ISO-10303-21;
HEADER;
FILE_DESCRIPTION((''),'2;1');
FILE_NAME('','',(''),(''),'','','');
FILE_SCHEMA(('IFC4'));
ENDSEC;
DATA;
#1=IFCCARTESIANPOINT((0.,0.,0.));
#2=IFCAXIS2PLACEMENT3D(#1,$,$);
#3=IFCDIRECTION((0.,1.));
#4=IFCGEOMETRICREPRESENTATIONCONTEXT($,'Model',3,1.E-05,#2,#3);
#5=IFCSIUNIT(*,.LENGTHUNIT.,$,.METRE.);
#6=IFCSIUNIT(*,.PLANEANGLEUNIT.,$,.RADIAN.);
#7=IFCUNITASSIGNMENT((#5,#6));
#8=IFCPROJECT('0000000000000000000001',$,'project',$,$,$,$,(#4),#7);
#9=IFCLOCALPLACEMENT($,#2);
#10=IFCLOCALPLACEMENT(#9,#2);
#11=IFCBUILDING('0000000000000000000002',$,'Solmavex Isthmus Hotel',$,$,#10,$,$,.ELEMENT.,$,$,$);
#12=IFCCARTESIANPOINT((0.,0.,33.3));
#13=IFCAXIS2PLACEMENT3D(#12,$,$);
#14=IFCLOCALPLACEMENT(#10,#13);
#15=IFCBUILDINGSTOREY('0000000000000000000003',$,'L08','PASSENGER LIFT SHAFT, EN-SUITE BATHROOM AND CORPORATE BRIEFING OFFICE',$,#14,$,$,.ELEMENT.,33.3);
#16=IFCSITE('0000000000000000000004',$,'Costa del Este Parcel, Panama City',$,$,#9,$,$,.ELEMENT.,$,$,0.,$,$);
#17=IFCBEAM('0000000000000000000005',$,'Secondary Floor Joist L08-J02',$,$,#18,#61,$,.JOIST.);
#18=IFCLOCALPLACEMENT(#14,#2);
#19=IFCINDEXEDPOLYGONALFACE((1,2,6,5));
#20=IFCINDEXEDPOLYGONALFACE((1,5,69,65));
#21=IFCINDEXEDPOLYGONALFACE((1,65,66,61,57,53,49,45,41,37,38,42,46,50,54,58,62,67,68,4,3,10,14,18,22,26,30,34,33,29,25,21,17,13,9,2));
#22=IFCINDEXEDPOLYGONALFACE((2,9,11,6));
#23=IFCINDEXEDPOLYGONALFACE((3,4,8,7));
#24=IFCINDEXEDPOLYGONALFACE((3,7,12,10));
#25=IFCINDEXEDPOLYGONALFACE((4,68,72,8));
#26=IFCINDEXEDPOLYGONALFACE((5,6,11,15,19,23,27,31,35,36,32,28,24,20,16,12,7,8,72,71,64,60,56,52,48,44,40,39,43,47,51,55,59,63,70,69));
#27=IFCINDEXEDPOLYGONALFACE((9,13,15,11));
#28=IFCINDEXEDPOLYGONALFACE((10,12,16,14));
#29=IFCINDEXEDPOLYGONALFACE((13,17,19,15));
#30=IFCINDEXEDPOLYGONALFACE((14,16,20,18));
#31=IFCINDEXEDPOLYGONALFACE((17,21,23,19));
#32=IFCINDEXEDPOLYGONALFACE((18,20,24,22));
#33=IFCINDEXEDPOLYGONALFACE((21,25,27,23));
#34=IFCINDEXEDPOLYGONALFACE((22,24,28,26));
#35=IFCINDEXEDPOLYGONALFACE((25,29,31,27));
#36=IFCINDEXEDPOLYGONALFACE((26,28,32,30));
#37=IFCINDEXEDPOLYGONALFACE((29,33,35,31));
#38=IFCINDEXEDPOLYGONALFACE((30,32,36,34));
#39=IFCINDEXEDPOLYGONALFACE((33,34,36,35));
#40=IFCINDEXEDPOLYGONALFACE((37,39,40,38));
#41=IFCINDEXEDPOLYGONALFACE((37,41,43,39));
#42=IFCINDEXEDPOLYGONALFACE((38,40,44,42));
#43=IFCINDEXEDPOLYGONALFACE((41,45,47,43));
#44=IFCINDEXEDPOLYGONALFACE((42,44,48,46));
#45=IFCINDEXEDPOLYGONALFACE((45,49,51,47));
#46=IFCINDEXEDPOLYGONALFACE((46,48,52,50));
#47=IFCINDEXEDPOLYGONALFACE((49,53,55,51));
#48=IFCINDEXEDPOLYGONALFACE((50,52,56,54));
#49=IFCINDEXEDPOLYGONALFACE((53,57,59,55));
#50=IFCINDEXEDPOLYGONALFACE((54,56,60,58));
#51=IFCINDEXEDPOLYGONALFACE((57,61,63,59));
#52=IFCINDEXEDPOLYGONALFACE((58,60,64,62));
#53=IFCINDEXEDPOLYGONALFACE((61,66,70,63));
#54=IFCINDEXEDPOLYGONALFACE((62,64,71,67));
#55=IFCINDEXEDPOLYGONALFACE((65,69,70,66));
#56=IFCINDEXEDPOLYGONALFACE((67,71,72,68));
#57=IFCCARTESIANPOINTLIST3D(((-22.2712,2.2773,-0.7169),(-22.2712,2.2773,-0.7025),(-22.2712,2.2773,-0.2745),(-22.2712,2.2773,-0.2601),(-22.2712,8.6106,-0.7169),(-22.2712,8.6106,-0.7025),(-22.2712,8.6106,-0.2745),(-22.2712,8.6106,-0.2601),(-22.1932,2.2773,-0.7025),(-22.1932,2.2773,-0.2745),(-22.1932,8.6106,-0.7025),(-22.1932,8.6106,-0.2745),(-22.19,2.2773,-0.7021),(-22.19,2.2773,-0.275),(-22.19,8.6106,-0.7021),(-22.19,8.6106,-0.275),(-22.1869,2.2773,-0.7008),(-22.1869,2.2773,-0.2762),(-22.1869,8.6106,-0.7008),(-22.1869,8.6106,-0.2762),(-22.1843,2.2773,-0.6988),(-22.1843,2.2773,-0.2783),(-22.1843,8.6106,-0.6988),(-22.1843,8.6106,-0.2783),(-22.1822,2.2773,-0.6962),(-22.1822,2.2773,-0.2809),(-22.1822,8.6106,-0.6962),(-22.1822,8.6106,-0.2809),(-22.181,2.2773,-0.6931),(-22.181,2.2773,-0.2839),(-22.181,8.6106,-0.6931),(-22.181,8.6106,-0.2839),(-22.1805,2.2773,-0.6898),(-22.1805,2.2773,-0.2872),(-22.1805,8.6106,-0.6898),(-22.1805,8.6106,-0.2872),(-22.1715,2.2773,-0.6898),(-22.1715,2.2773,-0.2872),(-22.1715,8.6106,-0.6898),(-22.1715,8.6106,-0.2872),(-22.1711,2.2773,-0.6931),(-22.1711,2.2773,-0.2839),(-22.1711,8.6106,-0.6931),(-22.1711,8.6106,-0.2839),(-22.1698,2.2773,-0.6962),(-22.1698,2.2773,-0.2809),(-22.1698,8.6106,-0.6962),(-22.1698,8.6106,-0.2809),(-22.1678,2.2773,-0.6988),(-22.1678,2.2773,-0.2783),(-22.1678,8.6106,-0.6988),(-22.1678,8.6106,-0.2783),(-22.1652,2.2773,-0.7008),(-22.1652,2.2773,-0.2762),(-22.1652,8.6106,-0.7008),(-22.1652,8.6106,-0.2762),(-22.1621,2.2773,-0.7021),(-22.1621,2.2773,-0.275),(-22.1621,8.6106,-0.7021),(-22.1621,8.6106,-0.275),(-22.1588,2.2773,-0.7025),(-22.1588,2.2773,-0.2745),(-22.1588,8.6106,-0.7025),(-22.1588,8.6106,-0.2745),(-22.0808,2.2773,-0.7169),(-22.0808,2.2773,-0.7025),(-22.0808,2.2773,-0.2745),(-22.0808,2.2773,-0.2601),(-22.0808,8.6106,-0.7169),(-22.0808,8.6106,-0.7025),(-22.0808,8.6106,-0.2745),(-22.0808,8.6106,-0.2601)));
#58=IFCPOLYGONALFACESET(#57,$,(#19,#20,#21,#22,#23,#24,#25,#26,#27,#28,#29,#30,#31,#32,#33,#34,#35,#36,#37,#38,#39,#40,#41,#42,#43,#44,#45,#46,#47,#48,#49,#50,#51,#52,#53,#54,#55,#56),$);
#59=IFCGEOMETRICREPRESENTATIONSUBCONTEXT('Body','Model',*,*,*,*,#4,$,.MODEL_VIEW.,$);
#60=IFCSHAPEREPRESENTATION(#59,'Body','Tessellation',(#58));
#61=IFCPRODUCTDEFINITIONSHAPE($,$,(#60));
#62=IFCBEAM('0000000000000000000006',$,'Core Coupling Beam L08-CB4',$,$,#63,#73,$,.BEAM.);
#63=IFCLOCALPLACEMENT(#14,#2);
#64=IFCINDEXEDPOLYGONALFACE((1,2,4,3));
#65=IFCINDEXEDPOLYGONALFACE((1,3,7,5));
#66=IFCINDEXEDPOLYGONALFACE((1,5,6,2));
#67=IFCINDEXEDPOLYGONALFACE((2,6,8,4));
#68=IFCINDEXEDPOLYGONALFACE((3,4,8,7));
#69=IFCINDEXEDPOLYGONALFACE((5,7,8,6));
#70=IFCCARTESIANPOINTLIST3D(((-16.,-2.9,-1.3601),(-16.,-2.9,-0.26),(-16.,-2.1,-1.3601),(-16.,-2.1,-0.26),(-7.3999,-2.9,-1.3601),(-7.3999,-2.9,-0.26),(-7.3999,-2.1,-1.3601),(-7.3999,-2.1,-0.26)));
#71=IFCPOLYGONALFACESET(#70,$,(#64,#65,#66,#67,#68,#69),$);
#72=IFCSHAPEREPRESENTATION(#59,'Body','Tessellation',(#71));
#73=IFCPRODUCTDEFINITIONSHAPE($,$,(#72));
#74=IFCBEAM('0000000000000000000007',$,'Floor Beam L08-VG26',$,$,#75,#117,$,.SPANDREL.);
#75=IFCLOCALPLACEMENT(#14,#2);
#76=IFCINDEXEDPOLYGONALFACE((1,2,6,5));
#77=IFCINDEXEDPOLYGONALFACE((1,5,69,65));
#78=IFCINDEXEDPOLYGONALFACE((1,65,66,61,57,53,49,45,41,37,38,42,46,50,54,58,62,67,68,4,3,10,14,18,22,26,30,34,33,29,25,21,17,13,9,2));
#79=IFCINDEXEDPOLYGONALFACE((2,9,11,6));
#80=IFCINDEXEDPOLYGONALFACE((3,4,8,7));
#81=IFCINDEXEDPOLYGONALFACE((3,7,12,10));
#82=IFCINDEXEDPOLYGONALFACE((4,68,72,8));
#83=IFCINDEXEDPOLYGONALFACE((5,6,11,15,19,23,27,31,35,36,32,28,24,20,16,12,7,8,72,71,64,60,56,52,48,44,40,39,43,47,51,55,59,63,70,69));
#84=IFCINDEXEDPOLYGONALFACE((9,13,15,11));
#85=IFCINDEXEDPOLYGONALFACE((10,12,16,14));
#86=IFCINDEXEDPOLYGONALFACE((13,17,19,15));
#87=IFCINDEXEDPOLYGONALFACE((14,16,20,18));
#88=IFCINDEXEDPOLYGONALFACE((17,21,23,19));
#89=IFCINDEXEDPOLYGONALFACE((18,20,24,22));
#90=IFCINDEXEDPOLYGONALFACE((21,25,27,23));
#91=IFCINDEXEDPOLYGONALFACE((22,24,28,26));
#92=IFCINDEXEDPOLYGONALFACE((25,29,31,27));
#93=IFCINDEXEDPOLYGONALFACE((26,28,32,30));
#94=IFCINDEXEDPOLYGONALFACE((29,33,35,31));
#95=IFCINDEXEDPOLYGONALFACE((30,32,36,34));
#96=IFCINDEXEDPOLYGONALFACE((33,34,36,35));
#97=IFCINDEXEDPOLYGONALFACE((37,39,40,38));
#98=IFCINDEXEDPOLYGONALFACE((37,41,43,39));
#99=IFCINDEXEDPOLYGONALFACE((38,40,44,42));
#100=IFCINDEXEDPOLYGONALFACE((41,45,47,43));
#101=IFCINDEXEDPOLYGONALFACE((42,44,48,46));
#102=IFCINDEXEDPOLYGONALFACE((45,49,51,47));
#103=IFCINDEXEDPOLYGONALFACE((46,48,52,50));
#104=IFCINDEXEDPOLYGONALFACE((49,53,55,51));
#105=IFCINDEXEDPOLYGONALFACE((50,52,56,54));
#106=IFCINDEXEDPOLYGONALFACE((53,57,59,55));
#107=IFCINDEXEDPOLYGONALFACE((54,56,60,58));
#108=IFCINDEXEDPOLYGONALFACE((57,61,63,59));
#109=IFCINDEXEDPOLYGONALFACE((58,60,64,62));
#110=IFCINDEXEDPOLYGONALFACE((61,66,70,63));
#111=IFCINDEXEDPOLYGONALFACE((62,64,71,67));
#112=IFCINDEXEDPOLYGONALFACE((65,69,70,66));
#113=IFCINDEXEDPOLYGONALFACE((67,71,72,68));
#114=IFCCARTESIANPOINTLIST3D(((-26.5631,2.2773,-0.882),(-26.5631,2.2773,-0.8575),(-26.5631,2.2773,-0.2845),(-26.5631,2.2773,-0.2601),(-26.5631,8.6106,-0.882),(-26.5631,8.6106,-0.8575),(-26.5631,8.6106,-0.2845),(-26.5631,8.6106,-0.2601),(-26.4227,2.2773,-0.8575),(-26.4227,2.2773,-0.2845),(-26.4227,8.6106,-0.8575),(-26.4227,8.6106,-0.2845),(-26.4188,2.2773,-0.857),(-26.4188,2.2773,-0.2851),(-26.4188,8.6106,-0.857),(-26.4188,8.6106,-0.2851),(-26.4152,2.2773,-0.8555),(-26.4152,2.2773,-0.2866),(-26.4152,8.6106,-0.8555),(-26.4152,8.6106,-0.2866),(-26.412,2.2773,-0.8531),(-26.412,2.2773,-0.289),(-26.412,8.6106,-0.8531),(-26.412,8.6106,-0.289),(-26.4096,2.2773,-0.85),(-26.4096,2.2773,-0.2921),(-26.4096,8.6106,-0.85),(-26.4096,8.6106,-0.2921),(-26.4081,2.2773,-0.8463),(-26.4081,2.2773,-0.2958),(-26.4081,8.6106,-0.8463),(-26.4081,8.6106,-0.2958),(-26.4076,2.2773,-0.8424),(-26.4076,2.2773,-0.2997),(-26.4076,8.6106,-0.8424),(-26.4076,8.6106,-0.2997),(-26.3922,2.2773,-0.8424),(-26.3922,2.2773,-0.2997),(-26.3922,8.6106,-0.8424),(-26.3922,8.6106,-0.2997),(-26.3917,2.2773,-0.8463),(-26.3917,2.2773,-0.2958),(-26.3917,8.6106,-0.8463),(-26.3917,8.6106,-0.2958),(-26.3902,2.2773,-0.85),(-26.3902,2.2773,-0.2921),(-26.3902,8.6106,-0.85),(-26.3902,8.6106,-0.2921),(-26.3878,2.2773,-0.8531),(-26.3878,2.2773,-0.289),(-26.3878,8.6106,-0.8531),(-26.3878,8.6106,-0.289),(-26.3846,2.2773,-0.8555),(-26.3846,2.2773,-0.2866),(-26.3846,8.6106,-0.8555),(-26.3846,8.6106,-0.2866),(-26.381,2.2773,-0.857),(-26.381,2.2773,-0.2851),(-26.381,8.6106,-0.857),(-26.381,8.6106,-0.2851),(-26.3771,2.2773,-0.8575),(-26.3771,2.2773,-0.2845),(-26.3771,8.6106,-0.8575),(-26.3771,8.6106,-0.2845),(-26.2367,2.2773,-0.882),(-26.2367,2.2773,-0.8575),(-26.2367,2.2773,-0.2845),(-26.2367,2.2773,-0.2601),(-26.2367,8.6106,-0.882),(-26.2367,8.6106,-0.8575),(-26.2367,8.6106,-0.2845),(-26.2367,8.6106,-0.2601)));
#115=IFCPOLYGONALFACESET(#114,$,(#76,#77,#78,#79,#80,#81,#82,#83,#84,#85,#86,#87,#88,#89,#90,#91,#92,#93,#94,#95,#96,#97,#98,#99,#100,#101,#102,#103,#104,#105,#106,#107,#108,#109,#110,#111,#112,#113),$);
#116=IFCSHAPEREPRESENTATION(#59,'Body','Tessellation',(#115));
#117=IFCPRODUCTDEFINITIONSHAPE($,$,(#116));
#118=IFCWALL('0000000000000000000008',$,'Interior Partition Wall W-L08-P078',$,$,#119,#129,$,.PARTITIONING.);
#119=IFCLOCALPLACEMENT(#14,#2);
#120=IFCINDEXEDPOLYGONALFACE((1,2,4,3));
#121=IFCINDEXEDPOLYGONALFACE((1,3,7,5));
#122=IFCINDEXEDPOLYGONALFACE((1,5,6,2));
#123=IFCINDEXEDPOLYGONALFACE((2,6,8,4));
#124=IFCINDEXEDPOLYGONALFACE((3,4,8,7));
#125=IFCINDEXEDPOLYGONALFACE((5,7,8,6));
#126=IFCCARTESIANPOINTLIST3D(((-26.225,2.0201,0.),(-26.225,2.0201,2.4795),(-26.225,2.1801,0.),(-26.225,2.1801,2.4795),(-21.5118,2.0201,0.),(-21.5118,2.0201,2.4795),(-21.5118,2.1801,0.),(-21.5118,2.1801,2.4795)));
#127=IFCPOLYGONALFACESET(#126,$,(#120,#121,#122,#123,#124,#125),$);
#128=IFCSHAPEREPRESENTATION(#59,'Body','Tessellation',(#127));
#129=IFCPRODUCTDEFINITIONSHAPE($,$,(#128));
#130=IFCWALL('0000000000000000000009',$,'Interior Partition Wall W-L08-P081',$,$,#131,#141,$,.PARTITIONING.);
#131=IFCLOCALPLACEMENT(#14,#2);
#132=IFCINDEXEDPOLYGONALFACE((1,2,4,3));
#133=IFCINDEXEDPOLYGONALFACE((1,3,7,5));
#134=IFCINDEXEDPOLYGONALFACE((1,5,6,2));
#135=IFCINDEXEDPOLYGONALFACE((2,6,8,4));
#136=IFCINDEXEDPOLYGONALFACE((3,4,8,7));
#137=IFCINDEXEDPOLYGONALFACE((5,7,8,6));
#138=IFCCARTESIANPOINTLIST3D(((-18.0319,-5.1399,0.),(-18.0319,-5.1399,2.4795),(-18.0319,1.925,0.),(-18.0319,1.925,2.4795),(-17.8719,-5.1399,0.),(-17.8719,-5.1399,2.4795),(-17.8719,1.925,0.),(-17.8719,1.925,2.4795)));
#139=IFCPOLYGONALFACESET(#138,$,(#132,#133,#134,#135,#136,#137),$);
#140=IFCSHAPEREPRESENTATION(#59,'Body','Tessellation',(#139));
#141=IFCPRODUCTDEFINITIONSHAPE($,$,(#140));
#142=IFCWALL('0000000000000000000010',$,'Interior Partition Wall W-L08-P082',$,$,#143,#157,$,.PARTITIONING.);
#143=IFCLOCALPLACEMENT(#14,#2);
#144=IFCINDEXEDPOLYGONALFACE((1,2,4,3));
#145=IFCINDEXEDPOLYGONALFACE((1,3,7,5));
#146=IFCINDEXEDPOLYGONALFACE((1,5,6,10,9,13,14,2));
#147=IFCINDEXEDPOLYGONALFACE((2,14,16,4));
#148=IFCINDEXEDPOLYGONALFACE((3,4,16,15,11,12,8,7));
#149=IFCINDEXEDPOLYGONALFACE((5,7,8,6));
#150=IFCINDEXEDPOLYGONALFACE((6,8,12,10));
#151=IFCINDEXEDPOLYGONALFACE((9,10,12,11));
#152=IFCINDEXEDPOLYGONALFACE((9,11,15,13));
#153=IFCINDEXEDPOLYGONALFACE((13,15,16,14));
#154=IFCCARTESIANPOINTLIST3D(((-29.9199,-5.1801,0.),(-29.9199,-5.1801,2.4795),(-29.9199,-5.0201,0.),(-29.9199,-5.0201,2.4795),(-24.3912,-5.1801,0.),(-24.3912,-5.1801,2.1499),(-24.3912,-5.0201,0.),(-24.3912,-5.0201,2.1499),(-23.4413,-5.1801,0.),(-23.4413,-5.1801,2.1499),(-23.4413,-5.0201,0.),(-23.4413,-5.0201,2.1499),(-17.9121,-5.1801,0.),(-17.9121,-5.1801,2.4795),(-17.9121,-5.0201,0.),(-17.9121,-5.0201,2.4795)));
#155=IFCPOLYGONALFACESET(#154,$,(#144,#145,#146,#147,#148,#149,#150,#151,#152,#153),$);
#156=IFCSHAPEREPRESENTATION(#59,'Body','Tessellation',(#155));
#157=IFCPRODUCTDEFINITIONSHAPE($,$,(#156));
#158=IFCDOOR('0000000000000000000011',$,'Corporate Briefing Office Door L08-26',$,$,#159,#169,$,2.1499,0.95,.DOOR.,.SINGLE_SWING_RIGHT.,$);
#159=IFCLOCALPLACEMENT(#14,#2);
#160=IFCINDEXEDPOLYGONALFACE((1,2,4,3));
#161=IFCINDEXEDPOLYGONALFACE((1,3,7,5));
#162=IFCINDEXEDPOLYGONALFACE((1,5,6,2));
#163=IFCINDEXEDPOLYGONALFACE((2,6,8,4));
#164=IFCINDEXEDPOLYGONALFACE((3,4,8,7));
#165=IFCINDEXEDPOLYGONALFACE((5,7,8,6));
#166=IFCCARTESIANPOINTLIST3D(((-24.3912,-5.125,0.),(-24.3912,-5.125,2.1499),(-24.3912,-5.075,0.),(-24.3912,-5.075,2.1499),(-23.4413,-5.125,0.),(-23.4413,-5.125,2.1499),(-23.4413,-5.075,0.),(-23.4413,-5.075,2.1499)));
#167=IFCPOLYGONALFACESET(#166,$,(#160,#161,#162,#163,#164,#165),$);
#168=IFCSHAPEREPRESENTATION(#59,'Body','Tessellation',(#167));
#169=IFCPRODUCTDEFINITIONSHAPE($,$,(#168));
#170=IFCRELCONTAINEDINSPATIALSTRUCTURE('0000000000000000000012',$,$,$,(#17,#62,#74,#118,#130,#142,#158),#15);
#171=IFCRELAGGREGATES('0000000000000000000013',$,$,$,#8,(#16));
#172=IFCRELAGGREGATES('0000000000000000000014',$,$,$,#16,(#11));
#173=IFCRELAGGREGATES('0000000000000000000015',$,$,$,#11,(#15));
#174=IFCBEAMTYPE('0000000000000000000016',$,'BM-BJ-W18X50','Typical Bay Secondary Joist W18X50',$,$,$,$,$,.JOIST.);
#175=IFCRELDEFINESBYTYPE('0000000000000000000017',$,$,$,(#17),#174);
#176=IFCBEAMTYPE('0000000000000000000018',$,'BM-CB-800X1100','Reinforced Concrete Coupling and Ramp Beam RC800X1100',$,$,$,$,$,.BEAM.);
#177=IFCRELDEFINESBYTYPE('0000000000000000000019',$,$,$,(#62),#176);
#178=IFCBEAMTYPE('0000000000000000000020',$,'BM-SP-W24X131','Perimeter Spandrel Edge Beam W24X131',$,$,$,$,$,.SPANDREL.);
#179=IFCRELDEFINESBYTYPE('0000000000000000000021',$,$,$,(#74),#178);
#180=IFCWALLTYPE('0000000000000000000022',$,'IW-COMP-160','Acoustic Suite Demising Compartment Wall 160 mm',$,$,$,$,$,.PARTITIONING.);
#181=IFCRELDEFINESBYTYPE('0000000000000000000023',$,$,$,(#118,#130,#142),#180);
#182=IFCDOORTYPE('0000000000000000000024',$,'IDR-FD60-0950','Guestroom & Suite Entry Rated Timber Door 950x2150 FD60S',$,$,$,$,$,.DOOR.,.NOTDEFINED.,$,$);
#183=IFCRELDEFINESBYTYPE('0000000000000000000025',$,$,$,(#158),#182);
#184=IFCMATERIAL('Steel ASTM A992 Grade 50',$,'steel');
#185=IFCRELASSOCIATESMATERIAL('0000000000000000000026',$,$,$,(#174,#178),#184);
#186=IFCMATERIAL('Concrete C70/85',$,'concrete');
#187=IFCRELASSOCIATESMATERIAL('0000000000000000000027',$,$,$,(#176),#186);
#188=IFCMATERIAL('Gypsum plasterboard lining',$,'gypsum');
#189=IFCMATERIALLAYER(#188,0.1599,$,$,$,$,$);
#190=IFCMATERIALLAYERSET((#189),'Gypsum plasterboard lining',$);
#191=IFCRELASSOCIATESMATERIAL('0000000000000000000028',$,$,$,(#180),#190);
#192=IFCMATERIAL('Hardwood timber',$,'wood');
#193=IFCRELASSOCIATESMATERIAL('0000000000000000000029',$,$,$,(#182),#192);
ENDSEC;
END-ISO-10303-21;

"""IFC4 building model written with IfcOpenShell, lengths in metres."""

from ifc_helpers import new_model, si_unit, direction, frame, frame_2d, origin, origin_2d, place, context, subcontext, project, spatial, rectangle, i_section, extrude, material, layer, layer_set, material_profile, profile_set, type_object, element, fill, save


model = new_model("IFC4")

# Units and contexts
model_context = context("Model", 3, precision=1e-05, world=origin(), true_north=direction((0.0, 1.0)))
body_context = subcontext(model_context, "Body", "Model", "MODEL_VIEW")
ifc_project = project(units=[si_unit("LENGTHUNIT", "METRE"), si_unit("PLANEANGLEUNIT", "RADIAN")], contexts=[model_context])

# Site, building, storey
site_placement = place(None, origin())
site = spatial("IfcSite", under=ifc_project, at=site_placement, Name="Costa del Este Parcel, Panama City", CompositionType="ELEMENT", RefElevation=0.0)
building_placement = place(site_placement, origin())
building = spatial("IfcBuilding", under=site, at=building_placement, Name="Solmavex Isthmus Hotel", CompositionType="ELEMENT")
storey_placement = place(building_placement, frame((0.0, 0.0, 33.3)))
storey = spatial("IfcBuildingStorey", under=building, at=storey_placement, Name="L08", Description="PASSENGER LIFT SHAFT, EN-SUITE BATHROOM AND CORPORATE BRIEFING OFFICE", CompositionType="ELEMENT", Elevation=33.3)

# Shared definitions
ifc_material_1 = material(Name="Concrete C70/85", Category="concrete")

# Beams
ifc_material_2 = material(Name="Steel ASTM A992 Grade 50", Category="steel")
ifc_material_profile_1 = material_profile(ifc_material_2, i_section(OverallWidth=0.1904, OverallDepth=0.4568, WebThickness=0.009, FlangeThickness=0.0144, FilletRadius=0.0127, at=origin_2d()), Name="W18X50")
ifc_profile_set_1 = profile_set([ifc_material_profile_1], Name="Steel ASTM A992 Grade 50")
beam_type_1 = type_object("IfcBeamType", Name="BM-BJ-W18X50", Description="Typical Bay Secondary Joist W18X50", PredefinedType="JOIST", material=ifc_profile_set_1)
beam_1_placement = place(storey_placement, frame((-22.176, 2.2773, -0.4885), z_axis=(0.0, 1.0, 0.0), x_axis=(-1.0, 0.0, 0.0)))
element("IfcBeam", 1, at=beam_1_placement, inside=storey, type_object=beam_type_1, Name="Secondary Floor Joist L08-J02", PredefinedType="JOIST", context=body_context, shape_type="SweptSolid", body=[
    extrude(i_section(OverallWidth=0.1904, OverallDepth=0.4568, WebThickness=0.009, FlangeThickness=0.0144, FilletRadius=0.0127, at=origin_2d()), origin(), (0.0, 0.0, 1.0), 6.3333),
])
ifc_material_profile_2 = material_profile(ifc_material_1, rectangle(XDim=0.8, YDim=1.1001, at=origin_2d()), Name="RC800X1100")
ifc_profile_set_2 = profile_set([ifc_material_profile_2], Name="Concrete C70/85")
beam_type_2 = type_object("IfcBeamType", Name="BM-CB-800X1100", Description="Reinforced Concrete Coupling and Ramp Beam RC800X1100", PredefinedType="BEAM", material=ifc_profile_set_2)
beam_2_placement = place(storey_placement, frame((-16.0, -2.5, -0.8101), z_axis=(1.0, 0.0, 0.0), x_axis=(0.0, 1.0, 0.0)))
element("IfcBeam", 2, at=beam_2_placement, inside=storey, type_object=beam_type_2, Name="Core Coupling Beam L08-CB4", PredefinedType="BEAM", context=body_context, shape_type="SweptSolid", body=[
    extrude(rectangle(XDim=0.8, YDim=1.1001, at=origin_2d()), origin(), (0.0, 0.0, 1.0), 8.6001),
])
ifc_material_profile_3 = material_profile(ifc_material_2, i_section(OverallWidth=0.3264, OverallDepth=0.6218, WebThickness=0.0154, FlangeThickness=0.0244, FilletRadius=0.0151, at=origin_2d()), Name="W24X131")
ifc_profile_set_3 = profile_set([ifc_material_profile_3], Name="Steel ASTM A992 Grade 50")
beam_type_3 = type_object("IfcBeamType", Name="BM-SP-W24X131", Description="Perimeter Spandrel Edge Beam W24X131", PredefinedType="SPANDREL", material=ifc_profile_set_3)
beam_3_placement = place(storey_placement, frame((-26.3999, 2.2773, -0.571), z_axis=(0.0, 1.0, 0.0), x_axis=(-1.0, 0.0, 0.0)))
element("IfcBeam", 3, at=beam_3_placement, inside=storey, type_object=beam_type_3, Name="Floor Beam L08-VG26", PredefinedType="SPANDREL", context=body_context, shape_type="SweptSolid", body=[
    extrude(i_section(OverallWidth=0.3264, OverallDepth=0.6218, WebThickness=0.0154, FlangeThickness=0.0244, FilletRadius=0.0151, at=origin_2d()), origin(), (0.0, 0.0, 1.0), 6.3333),
])

# Walls
ifc_material_3 = material(Name="Gypsum plasterboard lining", Category="gypsum")
ifc_layer_1 = layer(ifc_material_3, 0.1599)
ifc_layer_set_1 = layer_set([ifc_layer_1], Name="Gypsum plasterboard lining")
wall_type_1 = type_object("IfcWallType", Name="IW-COMP-160", Description="Acoustic Suite Demising Compartment Wall 160 mm", PredefinedType="PARTITIONING", material=ifc_layer_set_1)
wall_1_placement = place(storey_placement, frame((-21.512, 2.1001, 0.0), z_axis=(0.0, 0.0, 1.0), x_axis=(-1.0, 0.0, 0.0)))
element("IfcWall", 4, at=wall_1_placement, inside=storey, type_object=wall_type_1, Name="Interior Partition Wall W-L08-P078", PredefinedType="PARTITIONING", context=body_context, shape_type="SweptSolid", body=[
    extrude(rectangle(XDim=4.7131, YDim=0.1599, at=frame_2d((2.3564, 0.0))), origin(), (0.0, 0.0, 1.0), 2.4795),
])
wall_2_placement = place(storey_placement, frame((-17.9519, 1.925, 0.0), z_axis=(0.0, 0.0, 1.0), x_axis=(0.0, -1.0, 0.0)))
element("IfcWall", 5, at=wall_2_placement, inside=storey, type_object=wall_type_1, Name="Interior Partition Wall W-L08-P081", PredefinedType="PARTITIONING", context=body_context, shape_type="SweptSolid", body=[
    extrude(rectangle(XDim=7.0649, YDim=0.1599, at=frame_2d((3.5325, 0.0))), origin(), (0.0, 0.0, 1.0), 2.4795),
])

# Wall, opening, door
wall_3_placement = place(storey_placement, frame((-17.9121, -5.1001, 0.0), z_axis=(0.0, 0.0, 1.0), x_axis=(-1.0, 0.0, 0.0)))
wall_3 = element("IfcWall", 6, at=wall_3_placement, inside=storey, type_object=wall_type_1, Name="Interior Partition Wall W-L08-P082", PredefinedType="PARTITIONING", context=body_context, shape_type="SweptSolid", body=[
    extrude(rectangle(XDim=12.0078, YDim=0.1599, at=frame_2d((6.0039, 0.0))), origin(), (0.0, 0.0, 1.0), 2.4795),
])
opening_1_placement = place(wall_3_placement, frame((5.5291, 0.0, 0.0)))
opening_1 = element("IfcOpeningElement", 7, at=opening_1_placement, cuts=wall_3, PredefinedType="OPENING", context=body_context, shape_type="SweptSolid", body=[
    extrude(rectangle(XDim=0.95, YDim=2.1499, at=frame_2d((0.4751, 1.075))), frame((0.0, 0.0898, 0.0), z_axis=(0.0, -1.0, 0.0), x_axis=(1.0, 0.0, 0.0)), (0.0, 0.0, 1.0), 0.1799),
])
ifc_material_4 = material(Name="Hardwood timber", Category="wood")
door_type_1 = type_object("IfcDoorType", Name="IDR-FD60-0950", Description="Guestroom & Suite Entry Rated Timber Door 950x2150 FD60S", OperationType="NOTDEFINED", PredefinedType="DOOR", material=ifc_material_4)
door_1_placement = place(opening_1_placement, origin())
door_1 = element("IfcDoor", 8, at=door_1_placement, inside=storey, type_object=door_type_1, Name="Corporate Briefing Office Door L08-26", OperationType="SINGLE_SWING_RIGHT", OverallHeight=2.1499, OverallWidth=0.95, PredefinedType="DOOR", context=body_context, shape_type="SweptSolid", body=[
    extrude(rectangle(XDim=0.95, YDim=2.1499, at=frame_2d((0.4751, 1.075))), frame((0.0, 0.0249, 0.0), z_axis=(0.0, -1.0, 0.0), x_axis=(1.0, 0.0, 0.0)), (0.0, 0.0, 1.0), 0.05),
])
fill(opening_1, door_1)

save(model, "model.ifc")
